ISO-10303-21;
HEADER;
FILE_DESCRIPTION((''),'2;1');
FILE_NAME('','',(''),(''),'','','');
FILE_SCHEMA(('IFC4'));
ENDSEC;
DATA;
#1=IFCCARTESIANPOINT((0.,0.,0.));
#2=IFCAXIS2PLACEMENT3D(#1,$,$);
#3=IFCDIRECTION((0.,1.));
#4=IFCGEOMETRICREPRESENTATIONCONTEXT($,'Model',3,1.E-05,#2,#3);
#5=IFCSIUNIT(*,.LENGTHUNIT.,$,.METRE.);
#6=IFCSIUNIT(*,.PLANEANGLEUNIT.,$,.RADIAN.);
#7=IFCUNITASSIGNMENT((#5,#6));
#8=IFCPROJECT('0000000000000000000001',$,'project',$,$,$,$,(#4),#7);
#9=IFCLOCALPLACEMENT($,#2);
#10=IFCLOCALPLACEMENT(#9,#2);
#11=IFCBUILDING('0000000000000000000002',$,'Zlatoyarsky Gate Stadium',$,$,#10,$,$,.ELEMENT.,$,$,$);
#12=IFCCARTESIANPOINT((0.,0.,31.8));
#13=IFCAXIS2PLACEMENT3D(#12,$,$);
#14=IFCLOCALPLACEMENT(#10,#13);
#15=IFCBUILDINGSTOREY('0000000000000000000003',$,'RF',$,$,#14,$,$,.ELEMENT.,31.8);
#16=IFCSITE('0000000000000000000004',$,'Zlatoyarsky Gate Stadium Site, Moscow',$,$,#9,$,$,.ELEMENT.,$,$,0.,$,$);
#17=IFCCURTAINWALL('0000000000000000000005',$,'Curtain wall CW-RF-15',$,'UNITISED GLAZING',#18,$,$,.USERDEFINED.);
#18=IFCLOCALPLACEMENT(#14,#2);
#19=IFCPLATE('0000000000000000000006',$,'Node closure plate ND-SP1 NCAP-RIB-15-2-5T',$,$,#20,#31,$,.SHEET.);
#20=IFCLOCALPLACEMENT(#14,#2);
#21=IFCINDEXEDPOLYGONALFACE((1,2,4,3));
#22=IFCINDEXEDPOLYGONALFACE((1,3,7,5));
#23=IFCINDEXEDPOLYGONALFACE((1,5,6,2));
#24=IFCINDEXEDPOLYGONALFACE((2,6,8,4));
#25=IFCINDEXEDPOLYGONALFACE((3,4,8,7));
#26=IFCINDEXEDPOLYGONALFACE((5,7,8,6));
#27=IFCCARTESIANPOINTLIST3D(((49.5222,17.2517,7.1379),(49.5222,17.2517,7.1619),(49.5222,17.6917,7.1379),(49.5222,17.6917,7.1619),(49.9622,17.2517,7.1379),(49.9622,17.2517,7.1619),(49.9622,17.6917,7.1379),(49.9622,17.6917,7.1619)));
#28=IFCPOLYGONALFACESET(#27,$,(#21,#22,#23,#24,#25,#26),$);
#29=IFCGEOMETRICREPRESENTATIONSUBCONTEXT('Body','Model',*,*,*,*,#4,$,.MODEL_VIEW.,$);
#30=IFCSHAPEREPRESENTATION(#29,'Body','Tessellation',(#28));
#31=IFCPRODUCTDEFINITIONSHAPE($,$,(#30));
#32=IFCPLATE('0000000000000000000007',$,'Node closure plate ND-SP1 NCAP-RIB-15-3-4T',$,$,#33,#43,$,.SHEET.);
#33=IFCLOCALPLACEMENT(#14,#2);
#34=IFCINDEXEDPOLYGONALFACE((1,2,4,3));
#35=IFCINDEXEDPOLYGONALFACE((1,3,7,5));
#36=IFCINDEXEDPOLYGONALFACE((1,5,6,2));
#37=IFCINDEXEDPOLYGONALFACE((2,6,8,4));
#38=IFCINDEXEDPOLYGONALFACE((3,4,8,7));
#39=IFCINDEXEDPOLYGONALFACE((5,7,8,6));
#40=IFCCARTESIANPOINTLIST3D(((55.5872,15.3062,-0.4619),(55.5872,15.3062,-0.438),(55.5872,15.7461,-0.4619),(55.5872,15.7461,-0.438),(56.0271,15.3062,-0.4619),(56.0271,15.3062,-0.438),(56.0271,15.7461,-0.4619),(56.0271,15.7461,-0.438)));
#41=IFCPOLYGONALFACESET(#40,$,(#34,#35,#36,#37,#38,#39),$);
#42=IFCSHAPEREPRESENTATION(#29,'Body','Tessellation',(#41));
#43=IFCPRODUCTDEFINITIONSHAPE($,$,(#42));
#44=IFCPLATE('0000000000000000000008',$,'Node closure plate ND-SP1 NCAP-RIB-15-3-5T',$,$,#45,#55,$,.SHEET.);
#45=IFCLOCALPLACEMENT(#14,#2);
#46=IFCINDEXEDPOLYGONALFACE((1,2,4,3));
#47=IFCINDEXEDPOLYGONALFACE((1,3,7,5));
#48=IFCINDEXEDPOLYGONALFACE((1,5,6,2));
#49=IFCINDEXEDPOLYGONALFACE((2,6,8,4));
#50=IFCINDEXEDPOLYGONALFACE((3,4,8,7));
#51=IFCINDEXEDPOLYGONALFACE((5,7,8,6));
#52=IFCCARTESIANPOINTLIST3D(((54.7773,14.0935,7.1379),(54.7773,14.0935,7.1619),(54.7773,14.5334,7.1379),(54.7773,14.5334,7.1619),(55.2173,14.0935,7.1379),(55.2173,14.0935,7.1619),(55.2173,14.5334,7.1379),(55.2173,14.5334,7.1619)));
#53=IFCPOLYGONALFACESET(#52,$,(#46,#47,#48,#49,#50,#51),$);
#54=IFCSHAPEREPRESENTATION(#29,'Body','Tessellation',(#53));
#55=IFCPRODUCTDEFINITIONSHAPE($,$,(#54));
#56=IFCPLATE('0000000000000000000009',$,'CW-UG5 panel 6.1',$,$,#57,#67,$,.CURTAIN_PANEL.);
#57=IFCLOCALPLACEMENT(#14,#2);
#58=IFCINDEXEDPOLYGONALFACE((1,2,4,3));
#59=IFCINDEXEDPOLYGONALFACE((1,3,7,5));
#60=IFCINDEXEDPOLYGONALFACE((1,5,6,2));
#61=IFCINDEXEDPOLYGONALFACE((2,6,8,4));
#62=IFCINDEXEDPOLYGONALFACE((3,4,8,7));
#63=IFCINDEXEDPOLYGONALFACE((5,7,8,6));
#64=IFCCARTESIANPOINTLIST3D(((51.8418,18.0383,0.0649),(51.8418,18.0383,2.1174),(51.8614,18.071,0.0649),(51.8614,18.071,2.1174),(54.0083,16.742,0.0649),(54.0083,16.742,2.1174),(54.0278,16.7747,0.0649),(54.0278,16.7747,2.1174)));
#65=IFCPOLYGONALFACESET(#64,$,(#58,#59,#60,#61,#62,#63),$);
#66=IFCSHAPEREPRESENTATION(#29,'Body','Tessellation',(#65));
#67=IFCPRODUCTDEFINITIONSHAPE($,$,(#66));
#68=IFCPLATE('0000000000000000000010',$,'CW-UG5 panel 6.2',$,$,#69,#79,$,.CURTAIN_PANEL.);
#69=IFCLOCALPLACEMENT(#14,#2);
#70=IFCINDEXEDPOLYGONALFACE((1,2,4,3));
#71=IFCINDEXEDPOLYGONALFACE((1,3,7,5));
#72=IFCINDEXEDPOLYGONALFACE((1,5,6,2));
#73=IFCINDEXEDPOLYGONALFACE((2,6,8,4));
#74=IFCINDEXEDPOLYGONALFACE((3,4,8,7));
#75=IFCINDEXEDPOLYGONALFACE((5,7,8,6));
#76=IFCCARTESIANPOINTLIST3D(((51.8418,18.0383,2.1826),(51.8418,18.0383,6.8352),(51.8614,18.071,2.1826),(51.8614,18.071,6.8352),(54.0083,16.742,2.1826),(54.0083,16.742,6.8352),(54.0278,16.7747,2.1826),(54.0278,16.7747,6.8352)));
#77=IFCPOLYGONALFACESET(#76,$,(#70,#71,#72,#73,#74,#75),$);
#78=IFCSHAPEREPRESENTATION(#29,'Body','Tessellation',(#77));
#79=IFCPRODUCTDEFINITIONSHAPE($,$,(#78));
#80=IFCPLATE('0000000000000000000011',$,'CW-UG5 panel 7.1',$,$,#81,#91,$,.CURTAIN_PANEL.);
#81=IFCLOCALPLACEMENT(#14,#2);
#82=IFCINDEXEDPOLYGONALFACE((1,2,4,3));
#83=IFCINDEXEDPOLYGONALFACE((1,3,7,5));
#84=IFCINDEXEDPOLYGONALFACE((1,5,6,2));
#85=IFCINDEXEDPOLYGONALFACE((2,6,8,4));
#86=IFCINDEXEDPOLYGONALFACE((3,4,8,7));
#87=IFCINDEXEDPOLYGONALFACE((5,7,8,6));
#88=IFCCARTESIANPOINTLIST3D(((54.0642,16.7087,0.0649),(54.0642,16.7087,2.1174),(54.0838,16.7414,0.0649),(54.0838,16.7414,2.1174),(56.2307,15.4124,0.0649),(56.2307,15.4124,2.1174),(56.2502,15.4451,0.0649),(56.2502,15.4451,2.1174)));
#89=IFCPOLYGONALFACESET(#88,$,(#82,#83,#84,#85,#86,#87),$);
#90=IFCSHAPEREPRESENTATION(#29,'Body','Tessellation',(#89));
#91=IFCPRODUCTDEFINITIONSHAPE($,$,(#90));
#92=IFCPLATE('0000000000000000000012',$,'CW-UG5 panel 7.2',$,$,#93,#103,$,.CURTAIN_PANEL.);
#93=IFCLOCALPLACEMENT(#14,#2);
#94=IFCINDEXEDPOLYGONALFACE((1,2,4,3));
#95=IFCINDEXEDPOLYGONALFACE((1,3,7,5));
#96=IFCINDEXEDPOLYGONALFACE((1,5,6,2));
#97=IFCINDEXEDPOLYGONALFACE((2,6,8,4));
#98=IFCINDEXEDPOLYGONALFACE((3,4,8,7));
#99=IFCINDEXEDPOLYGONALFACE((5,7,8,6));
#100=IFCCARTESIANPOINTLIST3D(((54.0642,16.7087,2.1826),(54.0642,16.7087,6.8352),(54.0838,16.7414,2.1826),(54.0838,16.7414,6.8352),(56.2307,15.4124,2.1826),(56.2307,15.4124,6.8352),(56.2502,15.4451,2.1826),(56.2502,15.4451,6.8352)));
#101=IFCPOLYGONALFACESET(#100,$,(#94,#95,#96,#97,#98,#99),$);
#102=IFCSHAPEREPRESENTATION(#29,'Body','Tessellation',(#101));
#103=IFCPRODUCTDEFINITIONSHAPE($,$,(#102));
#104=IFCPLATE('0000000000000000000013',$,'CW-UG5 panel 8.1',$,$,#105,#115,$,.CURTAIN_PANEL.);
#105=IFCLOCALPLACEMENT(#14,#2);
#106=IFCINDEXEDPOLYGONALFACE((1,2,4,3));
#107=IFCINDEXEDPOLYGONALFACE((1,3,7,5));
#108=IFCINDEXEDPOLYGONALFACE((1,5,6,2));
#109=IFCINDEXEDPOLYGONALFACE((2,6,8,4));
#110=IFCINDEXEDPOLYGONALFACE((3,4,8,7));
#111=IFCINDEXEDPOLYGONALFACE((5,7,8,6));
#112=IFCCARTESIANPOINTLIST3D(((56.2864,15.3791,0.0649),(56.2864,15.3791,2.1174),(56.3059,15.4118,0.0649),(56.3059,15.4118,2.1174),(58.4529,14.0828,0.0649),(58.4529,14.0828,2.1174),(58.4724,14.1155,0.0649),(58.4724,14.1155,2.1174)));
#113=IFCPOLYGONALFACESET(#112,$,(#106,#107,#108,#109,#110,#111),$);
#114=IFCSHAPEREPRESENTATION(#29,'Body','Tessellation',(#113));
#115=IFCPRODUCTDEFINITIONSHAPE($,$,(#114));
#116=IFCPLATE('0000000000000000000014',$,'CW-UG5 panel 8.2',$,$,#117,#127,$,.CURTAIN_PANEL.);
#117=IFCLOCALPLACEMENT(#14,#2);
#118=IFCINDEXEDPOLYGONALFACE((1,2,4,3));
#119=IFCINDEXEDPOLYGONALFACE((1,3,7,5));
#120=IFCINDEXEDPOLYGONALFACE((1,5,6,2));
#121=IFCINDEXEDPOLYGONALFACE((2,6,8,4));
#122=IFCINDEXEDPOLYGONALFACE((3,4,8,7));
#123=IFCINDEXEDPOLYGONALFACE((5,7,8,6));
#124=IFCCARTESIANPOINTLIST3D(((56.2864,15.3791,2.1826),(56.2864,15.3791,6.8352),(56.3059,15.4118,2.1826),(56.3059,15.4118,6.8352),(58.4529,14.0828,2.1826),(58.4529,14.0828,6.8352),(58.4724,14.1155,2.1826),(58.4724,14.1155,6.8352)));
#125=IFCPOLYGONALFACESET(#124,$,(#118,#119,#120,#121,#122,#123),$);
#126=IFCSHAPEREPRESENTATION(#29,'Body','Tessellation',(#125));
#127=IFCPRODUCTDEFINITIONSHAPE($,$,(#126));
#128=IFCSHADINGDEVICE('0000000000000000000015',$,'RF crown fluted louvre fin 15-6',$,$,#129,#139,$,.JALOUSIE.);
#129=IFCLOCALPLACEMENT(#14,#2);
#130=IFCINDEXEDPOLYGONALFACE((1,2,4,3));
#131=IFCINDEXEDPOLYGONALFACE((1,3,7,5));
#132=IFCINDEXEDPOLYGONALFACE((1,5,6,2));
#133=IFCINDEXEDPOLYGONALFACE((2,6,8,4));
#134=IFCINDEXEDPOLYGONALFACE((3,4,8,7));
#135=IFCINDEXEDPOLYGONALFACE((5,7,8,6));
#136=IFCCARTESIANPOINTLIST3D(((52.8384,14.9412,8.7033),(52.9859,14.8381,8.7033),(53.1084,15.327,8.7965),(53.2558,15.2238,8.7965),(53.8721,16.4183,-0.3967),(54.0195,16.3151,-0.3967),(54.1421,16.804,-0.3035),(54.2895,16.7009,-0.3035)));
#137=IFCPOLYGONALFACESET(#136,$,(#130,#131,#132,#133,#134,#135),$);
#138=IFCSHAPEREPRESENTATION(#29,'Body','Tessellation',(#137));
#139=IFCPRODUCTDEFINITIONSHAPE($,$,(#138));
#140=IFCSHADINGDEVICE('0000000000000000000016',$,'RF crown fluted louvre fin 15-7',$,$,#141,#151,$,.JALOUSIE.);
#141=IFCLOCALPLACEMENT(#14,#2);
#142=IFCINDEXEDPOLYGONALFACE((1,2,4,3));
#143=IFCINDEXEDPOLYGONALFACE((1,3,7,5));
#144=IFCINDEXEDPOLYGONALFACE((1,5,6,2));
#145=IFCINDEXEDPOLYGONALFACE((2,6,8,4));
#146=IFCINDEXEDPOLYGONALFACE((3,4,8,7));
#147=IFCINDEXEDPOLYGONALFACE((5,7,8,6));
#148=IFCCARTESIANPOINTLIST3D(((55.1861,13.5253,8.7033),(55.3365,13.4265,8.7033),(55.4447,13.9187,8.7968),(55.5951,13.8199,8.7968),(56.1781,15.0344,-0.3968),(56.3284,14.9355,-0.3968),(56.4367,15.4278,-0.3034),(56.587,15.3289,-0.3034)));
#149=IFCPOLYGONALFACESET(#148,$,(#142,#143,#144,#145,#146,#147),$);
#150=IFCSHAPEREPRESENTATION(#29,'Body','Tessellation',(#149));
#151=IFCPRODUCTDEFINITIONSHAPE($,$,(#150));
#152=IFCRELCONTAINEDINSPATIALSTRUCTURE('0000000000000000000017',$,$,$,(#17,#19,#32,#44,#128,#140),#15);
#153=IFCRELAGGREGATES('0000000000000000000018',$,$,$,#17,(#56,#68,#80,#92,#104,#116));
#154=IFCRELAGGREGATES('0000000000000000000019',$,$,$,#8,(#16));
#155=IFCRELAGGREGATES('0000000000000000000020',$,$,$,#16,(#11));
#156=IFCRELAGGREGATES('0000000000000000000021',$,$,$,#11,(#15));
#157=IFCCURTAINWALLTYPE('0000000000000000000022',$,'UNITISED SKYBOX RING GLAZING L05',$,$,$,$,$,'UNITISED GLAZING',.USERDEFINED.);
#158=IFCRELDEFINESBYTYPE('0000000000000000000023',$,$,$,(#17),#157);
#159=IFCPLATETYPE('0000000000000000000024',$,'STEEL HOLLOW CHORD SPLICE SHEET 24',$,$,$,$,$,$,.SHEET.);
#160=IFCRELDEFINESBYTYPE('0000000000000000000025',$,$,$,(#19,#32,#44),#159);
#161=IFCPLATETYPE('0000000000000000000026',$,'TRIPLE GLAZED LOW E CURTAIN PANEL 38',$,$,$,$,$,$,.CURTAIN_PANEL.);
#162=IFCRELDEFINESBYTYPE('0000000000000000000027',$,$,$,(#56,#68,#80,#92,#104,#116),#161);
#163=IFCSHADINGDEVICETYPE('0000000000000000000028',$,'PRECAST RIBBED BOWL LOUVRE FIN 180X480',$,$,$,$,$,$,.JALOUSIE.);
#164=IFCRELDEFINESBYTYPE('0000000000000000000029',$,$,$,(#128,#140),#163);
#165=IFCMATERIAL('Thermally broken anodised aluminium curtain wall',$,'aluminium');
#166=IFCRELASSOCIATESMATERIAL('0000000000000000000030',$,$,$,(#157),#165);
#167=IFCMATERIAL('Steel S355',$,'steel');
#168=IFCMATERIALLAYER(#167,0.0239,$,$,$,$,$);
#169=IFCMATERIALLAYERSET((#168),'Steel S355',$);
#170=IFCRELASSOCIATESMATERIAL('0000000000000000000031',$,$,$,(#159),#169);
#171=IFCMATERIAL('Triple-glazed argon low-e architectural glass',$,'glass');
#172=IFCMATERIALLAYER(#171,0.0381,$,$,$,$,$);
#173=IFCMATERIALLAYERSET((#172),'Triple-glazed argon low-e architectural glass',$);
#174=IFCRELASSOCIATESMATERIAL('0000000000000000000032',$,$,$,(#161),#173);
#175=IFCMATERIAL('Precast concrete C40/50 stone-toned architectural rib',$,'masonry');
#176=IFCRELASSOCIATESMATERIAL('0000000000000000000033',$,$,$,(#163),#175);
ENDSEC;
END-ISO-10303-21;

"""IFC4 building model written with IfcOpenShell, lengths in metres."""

from ifc_helpers import new_model, si_unit, direction, frame, origin, origin_2d, place, context, subcontext, project, spatial, rectangle, extrude, material, layer, layer_set, material_profile, profile_set, type_object, element, aggregate, save


model = new_model("IFC4")

# Units and contexts
model_context = context("Model", 3, precision=1e-05, world=origin(), true_north=direction((0.0, 1.0)))
body_context = subcontext(model_context, "Body", "Model", "MODEL_VIEW")
ifc_project = project(units=[si_unit("LENGTHUNIT", "METRE"), si_unit("PLANEANGLEUNIT", "RADIAN")], contexts=[model_context])

# Site, building, storey
site_placement = place(None, origin())
site = spatial("IfcSite", under=ifc_project, at=site_placement, Name="Zlatoyarsky Gate Stadium Site, Moscow", CompositionType="ELEMENT", RefElevation=0.0)
building_placement = place(site_placement, origin())
building = spatial("IfcBuilding", under=site, at=building_placement, Name="Zlatoyarsky Gate Stadium", CompositionType="ELEMENT")
storey_placement = place(building_placement, frame((0.0, 0.0, 31.8)))
storey = spatial("IfcBuildingStorey", under=building, at=storey_placement, Name="RF", CompositionType="ELEMENT", Elevation=31.8)

# Curtain wall
ifc_material_1 = material(Name="Thermally broken anodised aluminium curtain wall", Category="aluminium")
curtain_wall_type = type_object("IfcCurtainWallType", Name="UNITISED SKYBOX RING GLAZING L05", ElementType="UNITISED GLAZING", PredefinedType="USERDEFINED", material=ifc_material_1)
curtain_wall_placement = place(storey_placement, origin())
curtain_wall = element("IfcCurtainWall", 1, at=curtain_wall_placement, inside=storey, type_object=curtain_wall_type, Name="Curtain wall CW-RF-15", ObjectType="UNITISED GLAZING", PredefinedType="USERDEFINED")

# Shared definitions
ifc_material_2 = material(Name="Steel S355", Category="steel")

# Plates
ifc_layer_1 = layer(ifc_material_2, 0.0239)
ifc_layer_set_1 = layer_set([ifc_layer_1], Name="Steel S355")
plate_type_1 = type_object("IfcPlateType", Name="STEEL HOLLOW CHORD SPLICE SHEET 24", PredefinedType="SHEET", material=ifc_layer_set_1)
for number, where, z_axis, x_axis, name in (
    (2, (49.7422, 17.4717, 7.1379), (0.0, 0.0, 1.0), (1.0, 0.0, 0.0), "Node closure plate ND-SP1 NCAP-RIB-15-2-5T"),
    (3, (55.8071, 15.5261, -0.4619), (0.0, 0.0, 1.0), (1.0, 0.0, 0.0), "Node closure plate ND-SP1 NCAP-RIB-15-3-4T"),
    (4, (54.9973, 14.3135, 7.1379), (0.0, 0.0, 1.0), (1.0, 0.0, 0.0), "Node closure plate ND-SP1 NCAP-RIB-15-3-5T"),
):
    element("IfcPlate", number, at=place(storey_placement, frame(where, z_axis=z_axis, x_axis=x_axis)), inside=storey, type_object=plate_type_1, Name=name, PredefinedType="SHEET", context=body_context, shape_type="SweptSolid", body=[
        extrude(rectangle(XDim=0.4399, YDim=0.4399, at=origin_2d()), origin(), (0.0, 0.0, 1.0), 0.0239),
    ])

# Plates
ifc_material_3 = material(Name="Triple-glazed argon low-e architectural glass", Category="glass")
ifc_layer_2 = layer(ifc_material_3, 0.0381)
ifc_layer_set_2 = layer_set([ifc_layer_2], Name="Triple-glazed argon low-e architectural glass")
plate_type_2 = type_object("IfcPlateType", Name="TRIPLE GLAZED LOW E CURTAIN PANEL 38", PredefinedType="CURTAIN_PANEL", material=ifc_layer_set_2)
plate_1_placement = place(storey_placement, frame((52.9348, 17.4065, 0.0649), z_axis=(0.0, 0.0, 1.0), x_axis=(0.858128, -0.513436, 0.0)))
plate_1 = element("IfcPlate", 5, at=plate_1_placement, type_object=plate_type_2, Name="CW-UG5 panel 6.1", PredefinedType="CURTAIN_PANEL", context=body_context, shape_type="SweptSolid", body=[
    extrude(rectangle(XDim=2.5247, YDim=0.0381, at=origin_2d()), origin(), (0.0, 0.0, 1.0), 2.0525),
])
plate_2_placement = place(storey_placement, frame((52.9348, 17.4065, 2.1826), z_axis=(0.0, 0.0, 1.0), x_axis=(0.858128, -0.513436, 0.0)))
plate_2 = element("IfcPlate", 6, at=plate_2_placement, type_object=plate_type_2, Name="CW-UG5 panel 6.2", PredefinedType="CURTAIN_PANEL", context=body_context, shape_type="SweptSolid", body=[
    extrude(rectangle(XDim=2.5247, YDim=0.0381, at=origin_2d()), origin(), (0.0, 0.0, 1.0), 4.6526),
])
plate_3_placement = place(storey_placement, frame((55.1572, 16.0769, 0.0649), z_axis=(0.0, 0.0, 1.0), x_axis=(0.858128, -0.513436, 0.0)))
plate_3 = element("IfcPlate", 7, at=plate_3_placement, type_object=plate_type_2, Name="CW-UG5 panel 7.1", PredefinedType="CURTAIN_PANEL", context=body_context, shape_type="SweptSolid", body=[
    extrude(rectangle(XDim=2.5247, YDim=0.0381, at=origin_2d()), origin(), (0.0, 0.0, 1.0), 2.0525),
])
plate_4_placement = place(storey_placement, frame((55.1572, 16.0769, 2.1826), z_axis=(0.0, 0.0, 1.0), x_axis=(0.858128, -0.513436, 0.0)))
plate_4 = element("IfcPlate", 8, at=plate_4_placement, type_object=plate_type_2, Name="CW-UG5 panel 7.2", PredefinedType="CURTAIN_PANEL", context=body_context, shape_type="SweptSolid", body=[
    extrude(rectangle(XDim=2.5247, YDim=0.0381, at=origin_2d()), origin(), (0.0, 0.0, 1.0), 4.6526),
])
plate_5_placement = place(storey_placement, frame((57.3794, 14.7473, 0.0649), z_axis=(0.0, 0.0, 1.0), x_axis=(0.858128, -0.513436, 0.0)))
plate_5 = element("IfcPlate", 9, at=plate_5_placement, type_object=plate_type_2, Name="CW-UG5 panel 8.1", PredefinedType="CURTAIN_PANEL", context=body_context, shape_type="SweptSolid", body=[
    extrude(rectangle(XDim=2.5247, YDim=0.0381, at=origin_2d()), origin(), (0.0, 0.0, 1.0), 2.0525),
])
plate_6_placement = place(storey_placement, frame((57.3794, 14.7473, 2.1826), z_axis=(0.0, 0.0, 1.0), x_axis=(0.858128, -0.513436, 0.0)))
plate_6 = element("IfcPlate", 10, at=plate_6_placement, type_object=plate_type_2, Name="CW-UG5 panel 8.2", PredefinedType="CURTAIN_PANEL", context=body_context, shape_type="SweptSolid", body=[
    extrude(rectangle(XDim=2.5247, YDim=0.0381, at=origin_2d()), origin(), (0.0, 0.0, 1.0), 4.6526),
])
aggregate(curtain_wall, [plate_1, plate_2, plate_3, plate_4, plate_5, plate_6])

# Shading devices
ifc_material_4 = material(Name="Precast concrete C40/50 stone-toned architectural rib", Category="masonry")
ifc_material_profile_1 = material_profile(ifc_material_4, rectangle(XDim=0.1799, YDim=0.48, at=origin_2d()), Name="RIB 180X480")
ifc_profile_set_1 = profile_set([ifc_material_profile_1], Name="Precast concrete C40/50 stone-toned architectural rib")
shading_device_type = type_object("IfcShadingDeviceType", Name="PRECAST RIBBED BOWL LOUVRE FIN 180X480", PredefinedType="JALOUSIE", material=ifc_profile_set_1)
shading_device_1_placement = place(storey_placement, frame((54.0808, 16.5596, -0.3501), z_axis=(-0.111426, -0.159217, 0.980935), x_axis=(0.819296, -0.573371, 0.0)))
element("IfcShadingDevice", 11, at=shading_device_1_placement, inside=storey, type_object=shading_device_type, Name="RF crown fluted louvre fin 15-6", PredefinedType="JALOUSIE", context=body_context, shape_type="SweptSolid", body=[
    extrude(rectangle(XDim=0.1799, YDim=0.48, at=origin_2d()), origin(), (0.0, 0.0, 1.0), 9.2769),
])
shading_device_2_placement = place(storey_placement, frame((56.3826, 15.1816, -0.3501), z_axis=(-0.106919, -0.162654, 0.980873), x_axis=(0.835631, -0.549291, 0.0)))
element("IfcShadingDevice", 12, at=shading_device_2_placement, inside=storey, type_object=shading_device_type, Name="RF crown fluted louvre fin 15-7", PredefinedType="JALOUSIE", context=body_context, shape_type="SweptSolid", body=[
    extrude(rectangle(XDim=0.1799, YDim=0.48, at=origin_2d()), origin(), (0.0, 0.0, 1.0), 9.2776),
])

save(model, "model.ifc")
